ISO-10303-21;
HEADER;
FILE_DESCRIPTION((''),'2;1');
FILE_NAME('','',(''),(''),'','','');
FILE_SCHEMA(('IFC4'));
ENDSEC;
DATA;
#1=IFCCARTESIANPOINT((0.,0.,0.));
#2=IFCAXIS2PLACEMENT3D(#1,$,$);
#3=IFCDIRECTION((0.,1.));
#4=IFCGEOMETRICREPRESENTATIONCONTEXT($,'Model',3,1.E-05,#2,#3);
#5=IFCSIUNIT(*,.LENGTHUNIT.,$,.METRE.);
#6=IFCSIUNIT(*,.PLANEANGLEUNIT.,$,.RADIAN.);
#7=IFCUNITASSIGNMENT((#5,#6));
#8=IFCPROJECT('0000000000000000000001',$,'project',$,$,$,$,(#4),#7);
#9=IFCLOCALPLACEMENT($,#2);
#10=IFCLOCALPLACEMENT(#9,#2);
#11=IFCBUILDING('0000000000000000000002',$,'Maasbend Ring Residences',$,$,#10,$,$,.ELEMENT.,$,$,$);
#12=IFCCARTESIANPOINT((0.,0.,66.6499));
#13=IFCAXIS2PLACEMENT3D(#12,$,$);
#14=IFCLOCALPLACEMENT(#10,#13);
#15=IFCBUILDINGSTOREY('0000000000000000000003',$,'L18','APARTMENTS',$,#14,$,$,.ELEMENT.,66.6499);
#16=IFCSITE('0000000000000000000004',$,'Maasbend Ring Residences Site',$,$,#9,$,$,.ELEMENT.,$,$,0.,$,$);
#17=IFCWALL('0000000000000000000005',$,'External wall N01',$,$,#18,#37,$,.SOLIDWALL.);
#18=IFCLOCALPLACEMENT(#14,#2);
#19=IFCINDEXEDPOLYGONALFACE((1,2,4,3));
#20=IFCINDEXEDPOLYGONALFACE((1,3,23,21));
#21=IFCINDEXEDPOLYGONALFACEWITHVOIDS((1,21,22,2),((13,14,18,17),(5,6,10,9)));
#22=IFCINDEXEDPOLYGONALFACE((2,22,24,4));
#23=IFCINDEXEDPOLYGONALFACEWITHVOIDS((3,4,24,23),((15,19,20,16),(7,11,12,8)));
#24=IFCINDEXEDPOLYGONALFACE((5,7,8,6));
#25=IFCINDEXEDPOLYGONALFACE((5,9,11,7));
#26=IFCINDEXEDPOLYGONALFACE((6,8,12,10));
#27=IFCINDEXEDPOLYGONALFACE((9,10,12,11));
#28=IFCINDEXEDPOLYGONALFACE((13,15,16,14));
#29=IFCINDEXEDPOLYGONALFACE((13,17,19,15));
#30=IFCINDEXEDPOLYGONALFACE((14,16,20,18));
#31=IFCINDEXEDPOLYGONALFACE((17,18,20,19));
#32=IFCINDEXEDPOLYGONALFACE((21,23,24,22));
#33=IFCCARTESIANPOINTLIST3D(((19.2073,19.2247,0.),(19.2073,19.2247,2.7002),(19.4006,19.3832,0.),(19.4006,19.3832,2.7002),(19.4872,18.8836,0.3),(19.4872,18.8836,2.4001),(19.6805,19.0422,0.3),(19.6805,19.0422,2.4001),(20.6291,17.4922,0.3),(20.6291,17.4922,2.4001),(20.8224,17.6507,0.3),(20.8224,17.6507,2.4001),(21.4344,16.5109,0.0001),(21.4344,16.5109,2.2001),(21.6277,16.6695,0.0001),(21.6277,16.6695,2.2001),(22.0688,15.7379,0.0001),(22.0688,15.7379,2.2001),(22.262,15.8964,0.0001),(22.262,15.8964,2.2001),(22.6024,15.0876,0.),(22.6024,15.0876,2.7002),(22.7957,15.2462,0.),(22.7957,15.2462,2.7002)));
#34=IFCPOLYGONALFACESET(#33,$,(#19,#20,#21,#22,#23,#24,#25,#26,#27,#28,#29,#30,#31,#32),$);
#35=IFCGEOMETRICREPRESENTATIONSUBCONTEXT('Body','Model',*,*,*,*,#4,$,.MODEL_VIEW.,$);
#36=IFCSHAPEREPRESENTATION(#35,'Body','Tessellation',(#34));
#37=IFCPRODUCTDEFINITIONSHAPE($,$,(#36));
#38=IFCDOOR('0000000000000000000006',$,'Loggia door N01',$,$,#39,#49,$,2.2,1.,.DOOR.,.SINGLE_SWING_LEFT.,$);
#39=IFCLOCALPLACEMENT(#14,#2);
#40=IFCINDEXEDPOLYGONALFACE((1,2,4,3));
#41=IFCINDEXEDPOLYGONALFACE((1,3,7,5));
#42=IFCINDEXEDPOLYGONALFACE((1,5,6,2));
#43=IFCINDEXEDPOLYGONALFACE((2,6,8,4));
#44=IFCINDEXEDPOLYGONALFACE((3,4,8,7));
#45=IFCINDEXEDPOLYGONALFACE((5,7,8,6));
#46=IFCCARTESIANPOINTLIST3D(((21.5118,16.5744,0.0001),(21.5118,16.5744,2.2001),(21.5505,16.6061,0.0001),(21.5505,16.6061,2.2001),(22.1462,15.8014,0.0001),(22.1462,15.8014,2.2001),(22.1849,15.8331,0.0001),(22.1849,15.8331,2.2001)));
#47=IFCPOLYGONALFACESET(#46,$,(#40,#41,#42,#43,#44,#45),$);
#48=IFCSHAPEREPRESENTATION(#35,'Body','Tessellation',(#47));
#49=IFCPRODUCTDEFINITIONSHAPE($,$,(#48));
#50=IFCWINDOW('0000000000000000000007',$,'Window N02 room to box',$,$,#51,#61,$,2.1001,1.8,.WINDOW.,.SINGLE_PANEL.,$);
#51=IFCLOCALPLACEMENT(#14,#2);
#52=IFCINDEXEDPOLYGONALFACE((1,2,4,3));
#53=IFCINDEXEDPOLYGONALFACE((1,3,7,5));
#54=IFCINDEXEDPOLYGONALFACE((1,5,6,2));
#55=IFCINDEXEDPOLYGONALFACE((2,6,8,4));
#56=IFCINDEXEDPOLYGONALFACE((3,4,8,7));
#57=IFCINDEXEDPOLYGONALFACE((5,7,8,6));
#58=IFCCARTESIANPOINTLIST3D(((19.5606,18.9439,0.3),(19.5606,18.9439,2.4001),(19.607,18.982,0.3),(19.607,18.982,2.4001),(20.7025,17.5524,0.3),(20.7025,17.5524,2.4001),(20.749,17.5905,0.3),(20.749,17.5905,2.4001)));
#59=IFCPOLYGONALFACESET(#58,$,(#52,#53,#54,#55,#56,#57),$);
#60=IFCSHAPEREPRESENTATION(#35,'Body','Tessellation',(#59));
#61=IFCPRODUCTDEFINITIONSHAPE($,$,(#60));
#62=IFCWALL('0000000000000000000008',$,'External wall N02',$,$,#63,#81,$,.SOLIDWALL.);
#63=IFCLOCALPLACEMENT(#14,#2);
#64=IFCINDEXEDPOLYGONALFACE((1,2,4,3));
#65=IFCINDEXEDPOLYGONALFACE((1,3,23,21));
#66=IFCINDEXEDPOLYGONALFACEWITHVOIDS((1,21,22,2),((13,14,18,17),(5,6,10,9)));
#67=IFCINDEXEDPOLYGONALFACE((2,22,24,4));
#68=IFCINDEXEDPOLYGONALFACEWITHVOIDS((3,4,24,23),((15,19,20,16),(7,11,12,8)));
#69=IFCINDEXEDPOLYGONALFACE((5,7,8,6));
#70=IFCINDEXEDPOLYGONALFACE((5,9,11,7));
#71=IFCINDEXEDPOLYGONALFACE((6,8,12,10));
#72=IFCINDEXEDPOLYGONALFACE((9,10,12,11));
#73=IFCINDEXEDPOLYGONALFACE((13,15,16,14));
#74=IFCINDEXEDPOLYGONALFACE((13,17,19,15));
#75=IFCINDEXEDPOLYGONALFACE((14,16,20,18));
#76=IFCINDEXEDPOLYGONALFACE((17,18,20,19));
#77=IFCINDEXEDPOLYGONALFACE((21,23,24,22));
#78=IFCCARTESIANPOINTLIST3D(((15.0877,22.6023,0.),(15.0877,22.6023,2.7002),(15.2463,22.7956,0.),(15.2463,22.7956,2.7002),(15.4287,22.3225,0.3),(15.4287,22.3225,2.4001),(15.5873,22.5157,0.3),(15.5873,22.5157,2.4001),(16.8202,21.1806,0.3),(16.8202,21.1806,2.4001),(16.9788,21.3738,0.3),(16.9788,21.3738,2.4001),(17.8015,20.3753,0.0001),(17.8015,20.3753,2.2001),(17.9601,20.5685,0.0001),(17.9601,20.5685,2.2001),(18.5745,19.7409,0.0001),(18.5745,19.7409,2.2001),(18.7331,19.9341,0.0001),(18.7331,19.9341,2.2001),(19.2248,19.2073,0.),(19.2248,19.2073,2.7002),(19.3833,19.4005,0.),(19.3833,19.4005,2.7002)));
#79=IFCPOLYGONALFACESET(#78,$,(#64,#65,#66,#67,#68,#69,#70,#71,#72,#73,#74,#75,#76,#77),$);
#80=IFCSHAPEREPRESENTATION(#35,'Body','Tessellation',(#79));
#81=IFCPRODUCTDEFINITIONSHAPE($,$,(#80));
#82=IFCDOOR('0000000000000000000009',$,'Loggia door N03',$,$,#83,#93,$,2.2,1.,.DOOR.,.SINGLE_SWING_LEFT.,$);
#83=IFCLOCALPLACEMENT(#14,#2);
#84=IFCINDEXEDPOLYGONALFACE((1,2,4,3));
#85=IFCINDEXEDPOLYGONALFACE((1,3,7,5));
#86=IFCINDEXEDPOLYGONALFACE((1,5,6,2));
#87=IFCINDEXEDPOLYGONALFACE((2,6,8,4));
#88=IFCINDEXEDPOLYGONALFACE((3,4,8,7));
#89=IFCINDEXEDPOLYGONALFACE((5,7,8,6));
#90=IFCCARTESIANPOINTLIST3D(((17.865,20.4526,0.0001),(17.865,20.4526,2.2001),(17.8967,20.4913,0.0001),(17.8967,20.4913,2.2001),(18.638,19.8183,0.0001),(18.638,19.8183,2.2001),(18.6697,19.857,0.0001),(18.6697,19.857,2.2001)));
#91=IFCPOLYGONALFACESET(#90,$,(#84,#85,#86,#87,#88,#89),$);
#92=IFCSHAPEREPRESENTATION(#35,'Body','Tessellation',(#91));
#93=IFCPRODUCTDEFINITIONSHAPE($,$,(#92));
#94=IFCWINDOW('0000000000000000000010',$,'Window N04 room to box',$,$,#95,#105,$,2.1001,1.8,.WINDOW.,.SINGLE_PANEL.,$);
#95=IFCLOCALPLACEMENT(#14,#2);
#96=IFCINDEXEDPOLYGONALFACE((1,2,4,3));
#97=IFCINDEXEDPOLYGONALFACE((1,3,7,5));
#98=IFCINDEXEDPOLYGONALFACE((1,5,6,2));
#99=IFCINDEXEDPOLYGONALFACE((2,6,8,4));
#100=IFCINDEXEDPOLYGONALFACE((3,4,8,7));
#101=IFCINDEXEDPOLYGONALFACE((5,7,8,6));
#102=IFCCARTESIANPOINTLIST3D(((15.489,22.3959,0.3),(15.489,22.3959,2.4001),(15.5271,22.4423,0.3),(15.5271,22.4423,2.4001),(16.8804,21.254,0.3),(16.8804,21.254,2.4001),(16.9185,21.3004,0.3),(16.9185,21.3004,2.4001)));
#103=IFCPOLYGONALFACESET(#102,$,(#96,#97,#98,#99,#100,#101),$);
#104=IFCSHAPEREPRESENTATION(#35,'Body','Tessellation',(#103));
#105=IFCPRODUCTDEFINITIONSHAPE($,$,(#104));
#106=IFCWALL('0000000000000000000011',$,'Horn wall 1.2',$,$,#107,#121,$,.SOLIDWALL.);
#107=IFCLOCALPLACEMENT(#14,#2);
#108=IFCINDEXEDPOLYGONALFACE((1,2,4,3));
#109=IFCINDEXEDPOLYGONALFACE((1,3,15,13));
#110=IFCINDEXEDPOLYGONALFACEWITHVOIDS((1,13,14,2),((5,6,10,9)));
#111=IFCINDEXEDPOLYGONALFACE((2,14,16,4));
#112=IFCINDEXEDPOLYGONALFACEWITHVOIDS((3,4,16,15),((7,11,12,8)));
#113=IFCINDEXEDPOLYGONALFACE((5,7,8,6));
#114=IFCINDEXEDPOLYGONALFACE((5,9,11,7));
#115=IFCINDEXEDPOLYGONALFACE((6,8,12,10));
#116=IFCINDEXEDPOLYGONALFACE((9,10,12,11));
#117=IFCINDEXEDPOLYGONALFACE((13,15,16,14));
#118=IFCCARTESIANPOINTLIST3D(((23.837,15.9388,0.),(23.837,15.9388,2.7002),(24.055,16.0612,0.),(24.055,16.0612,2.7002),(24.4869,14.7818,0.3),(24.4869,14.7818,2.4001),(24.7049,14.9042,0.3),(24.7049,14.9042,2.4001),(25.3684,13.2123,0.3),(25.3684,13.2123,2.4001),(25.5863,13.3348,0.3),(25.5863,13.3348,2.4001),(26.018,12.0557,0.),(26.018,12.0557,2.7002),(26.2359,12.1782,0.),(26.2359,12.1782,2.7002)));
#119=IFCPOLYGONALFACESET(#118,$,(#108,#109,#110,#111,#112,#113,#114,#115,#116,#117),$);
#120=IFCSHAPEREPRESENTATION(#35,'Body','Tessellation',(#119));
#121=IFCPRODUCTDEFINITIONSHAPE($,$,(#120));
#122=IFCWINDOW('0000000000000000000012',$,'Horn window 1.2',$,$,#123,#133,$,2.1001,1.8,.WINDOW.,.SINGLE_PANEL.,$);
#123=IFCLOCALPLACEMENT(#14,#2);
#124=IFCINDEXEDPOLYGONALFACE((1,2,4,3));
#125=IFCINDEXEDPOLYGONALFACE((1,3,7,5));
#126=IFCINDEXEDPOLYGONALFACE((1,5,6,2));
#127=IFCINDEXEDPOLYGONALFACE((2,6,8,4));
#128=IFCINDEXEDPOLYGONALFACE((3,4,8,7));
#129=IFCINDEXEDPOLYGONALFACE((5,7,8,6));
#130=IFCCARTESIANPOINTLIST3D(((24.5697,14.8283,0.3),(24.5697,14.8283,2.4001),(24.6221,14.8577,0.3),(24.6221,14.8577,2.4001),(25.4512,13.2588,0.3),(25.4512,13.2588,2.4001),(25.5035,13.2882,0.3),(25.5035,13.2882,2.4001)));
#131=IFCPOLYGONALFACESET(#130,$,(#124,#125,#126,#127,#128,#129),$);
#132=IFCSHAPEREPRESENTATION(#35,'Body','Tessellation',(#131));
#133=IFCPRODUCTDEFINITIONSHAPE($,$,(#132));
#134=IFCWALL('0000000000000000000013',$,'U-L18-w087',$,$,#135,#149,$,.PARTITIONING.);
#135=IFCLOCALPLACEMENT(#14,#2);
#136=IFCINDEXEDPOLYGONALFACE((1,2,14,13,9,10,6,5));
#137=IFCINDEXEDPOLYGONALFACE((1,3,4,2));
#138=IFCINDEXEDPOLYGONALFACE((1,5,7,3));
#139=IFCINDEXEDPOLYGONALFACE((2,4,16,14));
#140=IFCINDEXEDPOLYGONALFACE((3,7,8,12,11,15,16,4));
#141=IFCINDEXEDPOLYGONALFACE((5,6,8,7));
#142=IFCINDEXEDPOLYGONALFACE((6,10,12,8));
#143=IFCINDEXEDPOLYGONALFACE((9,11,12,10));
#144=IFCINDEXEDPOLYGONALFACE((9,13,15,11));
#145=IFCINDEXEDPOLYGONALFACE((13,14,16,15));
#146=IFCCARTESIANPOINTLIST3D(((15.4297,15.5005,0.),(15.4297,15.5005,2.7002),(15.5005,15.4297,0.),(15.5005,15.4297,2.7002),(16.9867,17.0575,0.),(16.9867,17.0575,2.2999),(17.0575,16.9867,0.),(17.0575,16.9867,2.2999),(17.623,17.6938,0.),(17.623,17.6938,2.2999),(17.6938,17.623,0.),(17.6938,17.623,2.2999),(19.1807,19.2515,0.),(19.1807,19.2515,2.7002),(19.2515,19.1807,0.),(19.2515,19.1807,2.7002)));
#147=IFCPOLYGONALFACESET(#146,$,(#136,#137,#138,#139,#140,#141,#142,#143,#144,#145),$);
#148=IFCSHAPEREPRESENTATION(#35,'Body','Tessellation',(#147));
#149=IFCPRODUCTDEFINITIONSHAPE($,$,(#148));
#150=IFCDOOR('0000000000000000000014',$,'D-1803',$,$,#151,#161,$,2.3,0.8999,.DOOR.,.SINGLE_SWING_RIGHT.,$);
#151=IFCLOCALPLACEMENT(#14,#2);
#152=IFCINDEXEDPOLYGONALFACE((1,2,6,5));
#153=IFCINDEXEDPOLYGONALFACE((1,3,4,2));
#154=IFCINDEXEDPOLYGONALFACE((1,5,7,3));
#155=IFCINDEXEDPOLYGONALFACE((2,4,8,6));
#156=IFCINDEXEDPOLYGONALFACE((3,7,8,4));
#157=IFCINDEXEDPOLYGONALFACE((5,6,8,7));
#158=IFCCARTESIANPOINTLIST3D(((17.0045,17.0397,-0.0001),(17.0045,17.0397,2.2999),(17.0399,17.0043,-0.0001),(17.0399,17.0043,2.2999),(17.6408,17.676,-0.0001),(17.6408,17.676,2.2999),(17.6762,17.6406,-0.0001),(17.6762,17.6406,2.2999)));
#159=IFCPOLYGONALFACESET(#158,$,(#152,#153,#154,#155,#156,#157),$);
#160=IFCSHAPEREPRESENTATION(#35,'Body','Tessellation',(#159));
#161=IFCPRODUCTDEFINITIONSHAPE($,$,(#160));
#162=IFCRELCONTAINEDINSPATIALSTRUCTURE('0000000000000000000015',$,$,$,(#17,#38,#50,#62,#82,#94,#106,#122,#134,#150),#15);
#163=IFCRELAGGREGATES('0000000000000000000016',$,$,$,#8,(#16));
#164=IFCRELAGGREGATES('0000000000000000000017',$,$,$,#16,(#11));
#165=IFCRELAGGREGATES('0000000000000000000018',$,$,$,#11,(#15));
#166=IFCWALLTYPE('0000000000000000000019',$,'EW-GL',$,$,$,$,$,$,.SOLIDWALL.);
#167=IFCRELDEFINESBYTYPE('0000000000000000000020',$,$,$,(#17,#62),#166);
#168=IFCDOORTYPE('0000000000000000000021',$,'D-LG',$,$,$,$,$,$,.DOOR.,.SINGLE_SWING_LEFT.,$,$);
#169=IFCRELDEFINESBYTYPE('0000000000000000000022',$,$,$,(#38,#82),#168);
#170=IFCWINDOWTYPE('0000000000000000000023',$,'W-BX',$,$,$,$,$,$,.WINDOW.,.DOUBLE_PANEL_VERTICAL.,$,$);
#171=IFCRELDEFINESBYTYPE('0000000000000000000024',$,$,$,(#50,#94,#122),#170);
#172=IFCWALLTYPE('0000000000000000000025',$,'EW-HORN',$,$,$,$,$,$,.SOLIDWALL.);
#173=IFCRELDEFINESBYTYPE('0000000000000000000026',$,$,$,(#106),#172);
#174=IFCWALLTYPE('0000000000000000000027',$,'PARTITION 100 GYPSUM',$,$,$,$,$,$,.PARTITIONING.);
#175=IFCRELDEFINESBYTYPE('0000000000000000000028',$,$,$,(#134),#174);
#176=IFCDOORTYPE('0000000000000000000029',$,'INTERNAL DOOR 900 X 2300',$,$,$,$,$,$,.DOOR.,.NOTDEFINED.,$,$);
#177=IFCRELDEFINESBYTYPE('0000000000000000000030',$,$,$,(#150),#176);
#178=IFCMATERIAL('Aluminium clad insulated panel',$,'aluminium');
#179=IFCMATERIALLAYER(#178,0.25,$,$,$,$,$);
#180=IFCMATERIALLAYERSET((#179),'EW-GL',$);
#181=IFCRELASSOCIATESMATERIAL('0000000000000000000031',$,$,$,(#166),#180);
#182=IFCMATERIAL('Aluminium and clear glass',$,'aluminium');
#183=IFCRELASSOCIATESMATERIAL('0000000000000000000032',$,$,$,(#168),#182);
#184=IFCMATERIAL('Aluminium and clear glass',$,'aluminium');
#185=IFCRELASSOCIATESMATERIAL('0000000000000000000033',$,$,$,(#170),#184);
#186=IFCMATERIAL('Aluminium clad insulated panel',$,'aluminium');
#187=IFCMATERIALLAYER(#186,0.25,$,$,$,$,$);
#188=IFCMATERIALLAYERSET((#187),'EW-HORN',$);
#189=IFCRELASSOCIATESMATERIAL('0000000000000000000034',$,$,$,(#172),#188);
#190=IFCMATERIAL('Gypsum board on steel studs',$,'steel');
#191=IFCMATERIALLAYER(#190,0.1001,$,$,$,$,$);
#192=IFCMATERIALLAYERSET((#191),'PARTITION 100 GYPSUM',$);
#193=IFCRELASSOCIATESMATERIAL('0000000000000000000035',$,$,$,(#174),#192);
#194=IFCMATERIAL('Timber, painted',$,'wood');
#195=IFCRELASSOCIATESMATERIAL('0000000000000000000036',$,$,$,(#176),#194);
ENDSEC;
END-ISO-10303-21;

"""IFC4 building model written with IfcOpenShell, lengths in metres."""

from ifc_helpers import new_model, si_unit, direction, frame, frame_2d, origin, place, context, subcontext, project, spatial, rectangle, extrude, material, layer, layer_set, type_object, element, fill, save


model = new_model("IFC4")

# Units and contexts
model_context = context("Model", 3, precision=1e-05, world=origin(), true_north=direction((0.0, 1.0)))
body_context = subcontext(model_context, "Body", "Model", "MODEL_VIEW")
ifc_project = project(units=[si_unit("LENGTHUNIT", "METRE"), si_unit("PLANEANGLEUNIT", "RADIAN")], contexts=[model_context])

# Site, building, storey
site_placement = place(None, origin())
site = spatial("IfcSite", under=ifc_project, at=site_placement, Name="Maasbend Ring Residences Site", CompositionType="ELEMENT", RefElevation=0.0)
building_placement = place(site_placement, origin())
building = spatial("IfcBuilding", under=site, at=building_placement, Name="Maasbend Ring Residences", CompositionType="ELEMENT")
storey_placement = place(building_placement, frame((0.0, 0.0, 66.6499)))
storey = spatial("IfcBuildingStorey", under=building, at=storey_placement, Name="L18", Description="APARTMENTS", CompositionType="ELEMENT", Elevation=66.6499)

# Walls, openings, doors, windows
ifc_material_1 = material(Name="Aluminium clad insulated panel", Category="aluminium")
ifc_layer_1 = layer(ifc_material_1, 0.25)
ifc_layer_set_1 = layer_set([ifc_layer_1], Name="EW-GL")
wall_type_1 = type_object("IfcWallType", Name="EW-GL", PredefinedType="SOLIDWALL", material=ifc_layer_set_1)
wall_1_placement = place(storey_placement, frame((22.699, 15.167, 0.0), z_axis=(0.0, 0.0, 1.0), x_axis=(-0.634382, 0.773019, 0.0)))
wall_1 = element("IfcWall", 1, at=wall_1_placement, inside=storey, type_object=wall_type_1, Name="External wall N01", PredefinedType="SOLIDWALL", context=body_context, shape_type="SweptSolid", body=[
    extrude(rectangle(XDim=5.3518, YDim=0.25, at=frame_2d((2.6758, 0.0))), origin(), (0.0, 0.0, 1.0), 2.7002),
])
opening_1_placement = place(wall_1_placement, frame((0.8411, 0.0, 0.0)))
opening_1 = element("IfcOpeningElement", 2, at=opening_1_placement, cuts=wall_1, PredefinedType="OPENING", context=body_context, shape_type="SweptSolid", body=[
    extrude(rectangle(XDim=1.0, YDim=2.2, at=frame_2d((0.5, 1.1001))), frame((0.0, 0.135, 0.0), z_axis=(0.0, -1.0, 0.0), x_axis=(1.0, 0.0, 0.0)), (0.0, 0.0, 1.0), 0.27),
])
opening_2_placement = place(wall_1_placement, frame((3.1106, 0.0, 0.3)))
opening_2 = element("IfcOpeningElement", 3, at=opening_2_placement, cuts=wall_1, PredefinedType="OPENING", context=body_context, shape_type="SweptSolid", body=[
    extrude(rectangle(XDim=1.8, YDim=2.1001, at=frame_2d((0.8999, 1.05))), frame((0.0, 0.135, 0.0), z_axis=(0.0, -1.0, 0.0), x_axis=(1.0, 0.0, 0.0)), (0.0, 0.0, 1.0), 0.27),
])
ifc_material_2 = material(Name="Aluminium and clear glass", Category="aluminium")
door_type_1 = type_object("IfcDoorType", Name="D-LG", OperationType="SINGLE_SWING_LEFT", PredefinedType="DOOR", material=ifc_material_2)
door_1_placement = place(opening_1_placement, origin())
door_1 = element("IfcDoor", 4, at=door_1_placement, inside=storey, type_object=door_type_1, Name="Loggia door N01", OperationType="SINGLE_SWING_LEFT", OverallHeight=2.2, OverallWidth=1.0, PredefinedType="DOOR", context=body_context, shape_type="SweptSolid", body=[
    extrude(rectangle(XDim=1.0, YDim=2.2, at=frame_2d((0.5, 1.1001))), frame((0.0, 0.0249, 0.0), z_axis=(0.0, -1.0, 0.0), x_axis=(1.0, 0.0, 0.0)), (0.0, 0.0, 1.0), 0.05),
])
fill(opening_1, door_1)
ifc_material_3 = material(Name="Aluminium and clear glass", Category="aluminium")
window_type_1 = type_object("IfcWindowType", Name="W-BX", PartitioningType="DOUBLE_PANEL_VERTICAL", PredefinedType="WINDOW", material=ifc_material_3)
window_1_placement = place(opening_2_placement, origin())
window_1 = element("IfcWindow", 5, at=window_1_placement, inside=storey, type_object=window_type_1, Name="Window N02 room to box", OverallHeight=2.1001, OverallWidth=1.8, PartitioningType="SINGLE_PANEL", PredefinedType="WINDOW", context=body_context, shape_type="SweptSolid", body=[
    extrude(rectangle(XDim=1.8, YDim=2.1001, at=frame_2d((0.8999, 1.05))), frame((0.0, 0.03, 0.0), z_axis=(0.0, -1.0, 0.0), x_axis=(1.0, 0.0, 0.0)), (0.0, 0.0, 1.0), 0.0601),
])
fill(opening_2, window_1)
wall_2_placement = place(storey_placement, frame((19.304, 19.304, 0.0), z_axis=(0.0, 0.0, 1.0), x_axis=(-0.773019, 0.634382, 0.0)))
wall_2 = element("IfcWall", 6, at=wall_2_placement, inside=storey, type_object=wall_type_1, Name="External wall N02", PredefinedType="SOLIDWALL", context=body_context, shape_type="SweptSolid", body=[
    extrude(rectangle(XDim=5.3518, YDim=0.25, at=frame_2d((2.6758, 0.0))), origin(), (0.0, 0.0, 1.0), 2.7002),
])
opening_3_placement = place(wall_2_placement, frame((0.8411, 0.0, 0.0)))
opening_3 = element("IfcOpeningElement", 7, at=opening_3_placement, cuts=wall_2, PredefinedType="OPENING", context=body_context, shape_type="SweptSolid", body=[
    extrude(rectangle(XDim=1.0, YDim=2.2, at=frame_2d((0.5, 1.1001))), frame((0.0, 0.135, 0.0), z_axis=(0.0, -1.0, 0.0), x_axis=(1.0, 0.0, 0.0)), (0.0, 0.0, 1.0), 0.27),
])
opening_4_placement = place(wall_2_placement, frame((3.1106, 0.0, 0.3)))
opening_4 = element("IfcOpeningElement", 8, at=opening_4_placement, cuts=wall_2, PredefinedType="OPENING", context=body_context, shape_type="SweptSolid", body=[
    extrude(rectangle(XDim=1.8, YDim=2.1001, at=frame_2d((0.8999, 1.05))), frame((0.0, 0.135, 0.0), z_axis=(0.0, -1.0, 0.0), x_axis=(1.0, 0.0, 0.0)), (0.0, 0.0, 1.0), 0.27),
])
door_2_placement = place(opening_3_placement, origin())
door_2 = element("IfcDoor", 9, at=door_2_placement, inside=storey, type_object=door_type_1, Name="Loggia door N03", OperationType="SINGLE_SWING_LEFT", OverallHeight=2.2, OverallWidth=1.0, PredefinedType="DOOR", context=body_context, shape_type="SweptSolid", body=[
    extrude(rectangle(XDim=1.0, YDim=2.2, at=frame_2d((0.5, 1.1001))), frame((0.0, 0.0249, 0.0), z_axis=(0.0, -1.0, 0.0), x_axis=(1.0, 0.0, 0.0)), (0.0, 0.0, 1.0), 0.05),
])
fill(opening_3, door_2)
window_2_placement = place(opening_4_placement, origin())
window_2 = element("IfcWindow", 10, at=window_2_placement, inside=storey, type_object=window_type_1, Name="Window N04 room to box", OverallHeight=2.1001, OverallWidth=1.8, PartitioningType="SINGLE_PANEL", PredefinedType="WINDOW", context=body_context, shape_type="SweptSolid", body=[
    extrude(rectangle(XDim=1.8, YDim=2.1001, at=frame_2d((0.8999, 1.05))), frame((0.0, 0.03, 0.0), z_axis=(0.0, -1.0, 0.0), x_axis=(1.0, 0.0, 0.0)), (0.0, 0.0, 1.0), 0.0601),
])
fill(opening_4, window_2)

# Wall, opening, window
ifc_material_4 = material(Name="Aluminium clad insulated panel", Category="aluminium")
ifc_layer_2 = layer(ifc_material_4, 0.25)
ifc_layer_set_2 = layer_set([ifc_layer_2], Name="EW-HORN")
wall_type_2 = type_object("IfcWallType", Name="EW-HORN", PredefinedType="SOLIDWALL", material=ifc_layer_set_2)
wall_3_placement = place(storey_placement, frame((26.127, 12.1169, 0.0), z_axis=(0.0, 0.0, 1.0), x_axis=(-0.489696, 0.871893, 0.0)))
wall_3 = element("IfcWall", 11, at=wall_3_placement, inside=storey, type_object=wall_type_2, Name="Horn wall 1.2", PredefinedType="SOLIDWALL", context=body_context, shape_type="SweptSolid", body=[
    extrude(rectangle(XDim=4.4536, YDim=0.25, at=frame_2d((2.2268, 0.0))), origin(), (0.0, 0.0, 1.0), 2.7002),
])
opening_5_placement = place(wall_3_placement, frame((1.3267, 0.0, 0.3)))
opening_5 = element("IfcOpeningElement", 12, at=opening_5_placement, cuts=wall_3, PredefinedType="OPENING", context=body_context, shape_type="SweptSolid", body=[
    extrude(rectangle(XDim=1.8, YDim=2.1001, at=frame_2d((0.8999, 1.05))), frame((0.0, 0.135, 0.0), z_axis=(0.0, -1.0, 0.0), x_axis=(1.0, 0.0, 0.0)), (0.0, 0.0, 1.0), 0.27),
])
window_3_placement = place(opening_5_placement, origin())
window_3 = element("IfcWindow", 13, at=window_3_placement, inside=storey, type_object=window_type_1, Name="Horn window 1.2", OverallHeight=2.1001, OverallWidth=1.8, PartitioningType="SINGLE_PANEL", PredefinedType="WINDOW", context=body_context, shape_type="SweptSolid", body=[
    extrude(rectangle(XDim=1.8, YDim=2.1001, at=frame_2d((0.8999, 1.05))), frame((0.0, 0.03, 0.0), z_axis=(0.0, -1.0, 0.0), x_axis=(1.0, 0.0, 0.0)), (0.0, 0.0, 1.0), 0.0601),
])
fill(opening_5, window_3)

# Wall, opening, door
ifc_material_5 = material(Name="Gypsum board on steel studs", Category="steel")
ifc_layer_3 = layer(ifc_material_5, 0.1001)
ifc_layer_set_3 = layer_set([ifc_layer_3], Name="PARTITION 100 GYPSUM")
wall_type_3 = type_object("IfcWallType", Name="PARTITION 100 GYPSUM", PredefinedType="PARTITIONING", material=ifc_layer_set_3)
wall_4_placement = place(storey_placement, frame((15.4651, 15.4651, 0.0), z_axis=(0.0, 0.0, 1.0), x_axis=(0.707107, 0.707107, 0.0)))
wall_4 = element("IfcWall", 14, at=wall_4_placement, inside=storey, type_object=wall_type_3, Name="U-L18-w087", PredefinedType="PARTITIONING", context=body_context, shape_type="SweptSolid", body=[
    extrude(rectangle(XDim=5.3047, YDim=0.1001, at=frame_2d((2.6523, 0.0))), origin(), (0.0, 0.0, 1.0), 2.7002),
])
opening_6_placement = place(wall_4_placement, frame((2.2019, 0.0, 0.0)))
opening_6 = element("IfcOpeningElement", 15, at=opening_6_placement, cuts=wall_4, PredefinedType="OPENING", context=body_context, shape_type="SweptSolid", body=[
    extrude(rectangle(XDim=0.8999, YDim=2.3, at=frame_2d((0.45, 1.1499))), frame((0.0, 0.0601, 0.0), z_axis=(0.0, -1.0, 0.0), x_axis=(1.0, 0.0, 0.0)), (0.0, 0.0, 1.0), 0.1201),
])
ifc_material_6 = material(Name="Timber, painted", Category="wood")
door_type_2 = type_object("IfcDoorType", Name="INTERNAL DOOR 900 X 2300", OperationType="NOTDEFINED", PredefinedType="DOOR", material=ifc_material_6)
door_3_placement = place(opening_6_placement, origin())
door_3 = element("IfcDoor", 16, at=door_3_placement, inside=storey, type_object=door_type_2, Name="D-1803", OperationType="SINGLE_SWING_RIGHT", OverallHeight=2.3, OverallWidth=0.8999, PredefinedType="DOOR", context=body_context, shape_type="SweptSolid", body=[
    extrude(rectangle(XDim=0.8999, YDim=2.3, at=frame_2d((0.45, 1.1499))), frame((0.0, 0.0249, 0.0), z_axis=(0.0, -1.0, 0.0), x_axis=(1.0, 0.0, 0.0)), (0.0, 0.0, 1.0), 0.05),
])
fill(opening_6, door_3)

save(model, "model.ifc")
